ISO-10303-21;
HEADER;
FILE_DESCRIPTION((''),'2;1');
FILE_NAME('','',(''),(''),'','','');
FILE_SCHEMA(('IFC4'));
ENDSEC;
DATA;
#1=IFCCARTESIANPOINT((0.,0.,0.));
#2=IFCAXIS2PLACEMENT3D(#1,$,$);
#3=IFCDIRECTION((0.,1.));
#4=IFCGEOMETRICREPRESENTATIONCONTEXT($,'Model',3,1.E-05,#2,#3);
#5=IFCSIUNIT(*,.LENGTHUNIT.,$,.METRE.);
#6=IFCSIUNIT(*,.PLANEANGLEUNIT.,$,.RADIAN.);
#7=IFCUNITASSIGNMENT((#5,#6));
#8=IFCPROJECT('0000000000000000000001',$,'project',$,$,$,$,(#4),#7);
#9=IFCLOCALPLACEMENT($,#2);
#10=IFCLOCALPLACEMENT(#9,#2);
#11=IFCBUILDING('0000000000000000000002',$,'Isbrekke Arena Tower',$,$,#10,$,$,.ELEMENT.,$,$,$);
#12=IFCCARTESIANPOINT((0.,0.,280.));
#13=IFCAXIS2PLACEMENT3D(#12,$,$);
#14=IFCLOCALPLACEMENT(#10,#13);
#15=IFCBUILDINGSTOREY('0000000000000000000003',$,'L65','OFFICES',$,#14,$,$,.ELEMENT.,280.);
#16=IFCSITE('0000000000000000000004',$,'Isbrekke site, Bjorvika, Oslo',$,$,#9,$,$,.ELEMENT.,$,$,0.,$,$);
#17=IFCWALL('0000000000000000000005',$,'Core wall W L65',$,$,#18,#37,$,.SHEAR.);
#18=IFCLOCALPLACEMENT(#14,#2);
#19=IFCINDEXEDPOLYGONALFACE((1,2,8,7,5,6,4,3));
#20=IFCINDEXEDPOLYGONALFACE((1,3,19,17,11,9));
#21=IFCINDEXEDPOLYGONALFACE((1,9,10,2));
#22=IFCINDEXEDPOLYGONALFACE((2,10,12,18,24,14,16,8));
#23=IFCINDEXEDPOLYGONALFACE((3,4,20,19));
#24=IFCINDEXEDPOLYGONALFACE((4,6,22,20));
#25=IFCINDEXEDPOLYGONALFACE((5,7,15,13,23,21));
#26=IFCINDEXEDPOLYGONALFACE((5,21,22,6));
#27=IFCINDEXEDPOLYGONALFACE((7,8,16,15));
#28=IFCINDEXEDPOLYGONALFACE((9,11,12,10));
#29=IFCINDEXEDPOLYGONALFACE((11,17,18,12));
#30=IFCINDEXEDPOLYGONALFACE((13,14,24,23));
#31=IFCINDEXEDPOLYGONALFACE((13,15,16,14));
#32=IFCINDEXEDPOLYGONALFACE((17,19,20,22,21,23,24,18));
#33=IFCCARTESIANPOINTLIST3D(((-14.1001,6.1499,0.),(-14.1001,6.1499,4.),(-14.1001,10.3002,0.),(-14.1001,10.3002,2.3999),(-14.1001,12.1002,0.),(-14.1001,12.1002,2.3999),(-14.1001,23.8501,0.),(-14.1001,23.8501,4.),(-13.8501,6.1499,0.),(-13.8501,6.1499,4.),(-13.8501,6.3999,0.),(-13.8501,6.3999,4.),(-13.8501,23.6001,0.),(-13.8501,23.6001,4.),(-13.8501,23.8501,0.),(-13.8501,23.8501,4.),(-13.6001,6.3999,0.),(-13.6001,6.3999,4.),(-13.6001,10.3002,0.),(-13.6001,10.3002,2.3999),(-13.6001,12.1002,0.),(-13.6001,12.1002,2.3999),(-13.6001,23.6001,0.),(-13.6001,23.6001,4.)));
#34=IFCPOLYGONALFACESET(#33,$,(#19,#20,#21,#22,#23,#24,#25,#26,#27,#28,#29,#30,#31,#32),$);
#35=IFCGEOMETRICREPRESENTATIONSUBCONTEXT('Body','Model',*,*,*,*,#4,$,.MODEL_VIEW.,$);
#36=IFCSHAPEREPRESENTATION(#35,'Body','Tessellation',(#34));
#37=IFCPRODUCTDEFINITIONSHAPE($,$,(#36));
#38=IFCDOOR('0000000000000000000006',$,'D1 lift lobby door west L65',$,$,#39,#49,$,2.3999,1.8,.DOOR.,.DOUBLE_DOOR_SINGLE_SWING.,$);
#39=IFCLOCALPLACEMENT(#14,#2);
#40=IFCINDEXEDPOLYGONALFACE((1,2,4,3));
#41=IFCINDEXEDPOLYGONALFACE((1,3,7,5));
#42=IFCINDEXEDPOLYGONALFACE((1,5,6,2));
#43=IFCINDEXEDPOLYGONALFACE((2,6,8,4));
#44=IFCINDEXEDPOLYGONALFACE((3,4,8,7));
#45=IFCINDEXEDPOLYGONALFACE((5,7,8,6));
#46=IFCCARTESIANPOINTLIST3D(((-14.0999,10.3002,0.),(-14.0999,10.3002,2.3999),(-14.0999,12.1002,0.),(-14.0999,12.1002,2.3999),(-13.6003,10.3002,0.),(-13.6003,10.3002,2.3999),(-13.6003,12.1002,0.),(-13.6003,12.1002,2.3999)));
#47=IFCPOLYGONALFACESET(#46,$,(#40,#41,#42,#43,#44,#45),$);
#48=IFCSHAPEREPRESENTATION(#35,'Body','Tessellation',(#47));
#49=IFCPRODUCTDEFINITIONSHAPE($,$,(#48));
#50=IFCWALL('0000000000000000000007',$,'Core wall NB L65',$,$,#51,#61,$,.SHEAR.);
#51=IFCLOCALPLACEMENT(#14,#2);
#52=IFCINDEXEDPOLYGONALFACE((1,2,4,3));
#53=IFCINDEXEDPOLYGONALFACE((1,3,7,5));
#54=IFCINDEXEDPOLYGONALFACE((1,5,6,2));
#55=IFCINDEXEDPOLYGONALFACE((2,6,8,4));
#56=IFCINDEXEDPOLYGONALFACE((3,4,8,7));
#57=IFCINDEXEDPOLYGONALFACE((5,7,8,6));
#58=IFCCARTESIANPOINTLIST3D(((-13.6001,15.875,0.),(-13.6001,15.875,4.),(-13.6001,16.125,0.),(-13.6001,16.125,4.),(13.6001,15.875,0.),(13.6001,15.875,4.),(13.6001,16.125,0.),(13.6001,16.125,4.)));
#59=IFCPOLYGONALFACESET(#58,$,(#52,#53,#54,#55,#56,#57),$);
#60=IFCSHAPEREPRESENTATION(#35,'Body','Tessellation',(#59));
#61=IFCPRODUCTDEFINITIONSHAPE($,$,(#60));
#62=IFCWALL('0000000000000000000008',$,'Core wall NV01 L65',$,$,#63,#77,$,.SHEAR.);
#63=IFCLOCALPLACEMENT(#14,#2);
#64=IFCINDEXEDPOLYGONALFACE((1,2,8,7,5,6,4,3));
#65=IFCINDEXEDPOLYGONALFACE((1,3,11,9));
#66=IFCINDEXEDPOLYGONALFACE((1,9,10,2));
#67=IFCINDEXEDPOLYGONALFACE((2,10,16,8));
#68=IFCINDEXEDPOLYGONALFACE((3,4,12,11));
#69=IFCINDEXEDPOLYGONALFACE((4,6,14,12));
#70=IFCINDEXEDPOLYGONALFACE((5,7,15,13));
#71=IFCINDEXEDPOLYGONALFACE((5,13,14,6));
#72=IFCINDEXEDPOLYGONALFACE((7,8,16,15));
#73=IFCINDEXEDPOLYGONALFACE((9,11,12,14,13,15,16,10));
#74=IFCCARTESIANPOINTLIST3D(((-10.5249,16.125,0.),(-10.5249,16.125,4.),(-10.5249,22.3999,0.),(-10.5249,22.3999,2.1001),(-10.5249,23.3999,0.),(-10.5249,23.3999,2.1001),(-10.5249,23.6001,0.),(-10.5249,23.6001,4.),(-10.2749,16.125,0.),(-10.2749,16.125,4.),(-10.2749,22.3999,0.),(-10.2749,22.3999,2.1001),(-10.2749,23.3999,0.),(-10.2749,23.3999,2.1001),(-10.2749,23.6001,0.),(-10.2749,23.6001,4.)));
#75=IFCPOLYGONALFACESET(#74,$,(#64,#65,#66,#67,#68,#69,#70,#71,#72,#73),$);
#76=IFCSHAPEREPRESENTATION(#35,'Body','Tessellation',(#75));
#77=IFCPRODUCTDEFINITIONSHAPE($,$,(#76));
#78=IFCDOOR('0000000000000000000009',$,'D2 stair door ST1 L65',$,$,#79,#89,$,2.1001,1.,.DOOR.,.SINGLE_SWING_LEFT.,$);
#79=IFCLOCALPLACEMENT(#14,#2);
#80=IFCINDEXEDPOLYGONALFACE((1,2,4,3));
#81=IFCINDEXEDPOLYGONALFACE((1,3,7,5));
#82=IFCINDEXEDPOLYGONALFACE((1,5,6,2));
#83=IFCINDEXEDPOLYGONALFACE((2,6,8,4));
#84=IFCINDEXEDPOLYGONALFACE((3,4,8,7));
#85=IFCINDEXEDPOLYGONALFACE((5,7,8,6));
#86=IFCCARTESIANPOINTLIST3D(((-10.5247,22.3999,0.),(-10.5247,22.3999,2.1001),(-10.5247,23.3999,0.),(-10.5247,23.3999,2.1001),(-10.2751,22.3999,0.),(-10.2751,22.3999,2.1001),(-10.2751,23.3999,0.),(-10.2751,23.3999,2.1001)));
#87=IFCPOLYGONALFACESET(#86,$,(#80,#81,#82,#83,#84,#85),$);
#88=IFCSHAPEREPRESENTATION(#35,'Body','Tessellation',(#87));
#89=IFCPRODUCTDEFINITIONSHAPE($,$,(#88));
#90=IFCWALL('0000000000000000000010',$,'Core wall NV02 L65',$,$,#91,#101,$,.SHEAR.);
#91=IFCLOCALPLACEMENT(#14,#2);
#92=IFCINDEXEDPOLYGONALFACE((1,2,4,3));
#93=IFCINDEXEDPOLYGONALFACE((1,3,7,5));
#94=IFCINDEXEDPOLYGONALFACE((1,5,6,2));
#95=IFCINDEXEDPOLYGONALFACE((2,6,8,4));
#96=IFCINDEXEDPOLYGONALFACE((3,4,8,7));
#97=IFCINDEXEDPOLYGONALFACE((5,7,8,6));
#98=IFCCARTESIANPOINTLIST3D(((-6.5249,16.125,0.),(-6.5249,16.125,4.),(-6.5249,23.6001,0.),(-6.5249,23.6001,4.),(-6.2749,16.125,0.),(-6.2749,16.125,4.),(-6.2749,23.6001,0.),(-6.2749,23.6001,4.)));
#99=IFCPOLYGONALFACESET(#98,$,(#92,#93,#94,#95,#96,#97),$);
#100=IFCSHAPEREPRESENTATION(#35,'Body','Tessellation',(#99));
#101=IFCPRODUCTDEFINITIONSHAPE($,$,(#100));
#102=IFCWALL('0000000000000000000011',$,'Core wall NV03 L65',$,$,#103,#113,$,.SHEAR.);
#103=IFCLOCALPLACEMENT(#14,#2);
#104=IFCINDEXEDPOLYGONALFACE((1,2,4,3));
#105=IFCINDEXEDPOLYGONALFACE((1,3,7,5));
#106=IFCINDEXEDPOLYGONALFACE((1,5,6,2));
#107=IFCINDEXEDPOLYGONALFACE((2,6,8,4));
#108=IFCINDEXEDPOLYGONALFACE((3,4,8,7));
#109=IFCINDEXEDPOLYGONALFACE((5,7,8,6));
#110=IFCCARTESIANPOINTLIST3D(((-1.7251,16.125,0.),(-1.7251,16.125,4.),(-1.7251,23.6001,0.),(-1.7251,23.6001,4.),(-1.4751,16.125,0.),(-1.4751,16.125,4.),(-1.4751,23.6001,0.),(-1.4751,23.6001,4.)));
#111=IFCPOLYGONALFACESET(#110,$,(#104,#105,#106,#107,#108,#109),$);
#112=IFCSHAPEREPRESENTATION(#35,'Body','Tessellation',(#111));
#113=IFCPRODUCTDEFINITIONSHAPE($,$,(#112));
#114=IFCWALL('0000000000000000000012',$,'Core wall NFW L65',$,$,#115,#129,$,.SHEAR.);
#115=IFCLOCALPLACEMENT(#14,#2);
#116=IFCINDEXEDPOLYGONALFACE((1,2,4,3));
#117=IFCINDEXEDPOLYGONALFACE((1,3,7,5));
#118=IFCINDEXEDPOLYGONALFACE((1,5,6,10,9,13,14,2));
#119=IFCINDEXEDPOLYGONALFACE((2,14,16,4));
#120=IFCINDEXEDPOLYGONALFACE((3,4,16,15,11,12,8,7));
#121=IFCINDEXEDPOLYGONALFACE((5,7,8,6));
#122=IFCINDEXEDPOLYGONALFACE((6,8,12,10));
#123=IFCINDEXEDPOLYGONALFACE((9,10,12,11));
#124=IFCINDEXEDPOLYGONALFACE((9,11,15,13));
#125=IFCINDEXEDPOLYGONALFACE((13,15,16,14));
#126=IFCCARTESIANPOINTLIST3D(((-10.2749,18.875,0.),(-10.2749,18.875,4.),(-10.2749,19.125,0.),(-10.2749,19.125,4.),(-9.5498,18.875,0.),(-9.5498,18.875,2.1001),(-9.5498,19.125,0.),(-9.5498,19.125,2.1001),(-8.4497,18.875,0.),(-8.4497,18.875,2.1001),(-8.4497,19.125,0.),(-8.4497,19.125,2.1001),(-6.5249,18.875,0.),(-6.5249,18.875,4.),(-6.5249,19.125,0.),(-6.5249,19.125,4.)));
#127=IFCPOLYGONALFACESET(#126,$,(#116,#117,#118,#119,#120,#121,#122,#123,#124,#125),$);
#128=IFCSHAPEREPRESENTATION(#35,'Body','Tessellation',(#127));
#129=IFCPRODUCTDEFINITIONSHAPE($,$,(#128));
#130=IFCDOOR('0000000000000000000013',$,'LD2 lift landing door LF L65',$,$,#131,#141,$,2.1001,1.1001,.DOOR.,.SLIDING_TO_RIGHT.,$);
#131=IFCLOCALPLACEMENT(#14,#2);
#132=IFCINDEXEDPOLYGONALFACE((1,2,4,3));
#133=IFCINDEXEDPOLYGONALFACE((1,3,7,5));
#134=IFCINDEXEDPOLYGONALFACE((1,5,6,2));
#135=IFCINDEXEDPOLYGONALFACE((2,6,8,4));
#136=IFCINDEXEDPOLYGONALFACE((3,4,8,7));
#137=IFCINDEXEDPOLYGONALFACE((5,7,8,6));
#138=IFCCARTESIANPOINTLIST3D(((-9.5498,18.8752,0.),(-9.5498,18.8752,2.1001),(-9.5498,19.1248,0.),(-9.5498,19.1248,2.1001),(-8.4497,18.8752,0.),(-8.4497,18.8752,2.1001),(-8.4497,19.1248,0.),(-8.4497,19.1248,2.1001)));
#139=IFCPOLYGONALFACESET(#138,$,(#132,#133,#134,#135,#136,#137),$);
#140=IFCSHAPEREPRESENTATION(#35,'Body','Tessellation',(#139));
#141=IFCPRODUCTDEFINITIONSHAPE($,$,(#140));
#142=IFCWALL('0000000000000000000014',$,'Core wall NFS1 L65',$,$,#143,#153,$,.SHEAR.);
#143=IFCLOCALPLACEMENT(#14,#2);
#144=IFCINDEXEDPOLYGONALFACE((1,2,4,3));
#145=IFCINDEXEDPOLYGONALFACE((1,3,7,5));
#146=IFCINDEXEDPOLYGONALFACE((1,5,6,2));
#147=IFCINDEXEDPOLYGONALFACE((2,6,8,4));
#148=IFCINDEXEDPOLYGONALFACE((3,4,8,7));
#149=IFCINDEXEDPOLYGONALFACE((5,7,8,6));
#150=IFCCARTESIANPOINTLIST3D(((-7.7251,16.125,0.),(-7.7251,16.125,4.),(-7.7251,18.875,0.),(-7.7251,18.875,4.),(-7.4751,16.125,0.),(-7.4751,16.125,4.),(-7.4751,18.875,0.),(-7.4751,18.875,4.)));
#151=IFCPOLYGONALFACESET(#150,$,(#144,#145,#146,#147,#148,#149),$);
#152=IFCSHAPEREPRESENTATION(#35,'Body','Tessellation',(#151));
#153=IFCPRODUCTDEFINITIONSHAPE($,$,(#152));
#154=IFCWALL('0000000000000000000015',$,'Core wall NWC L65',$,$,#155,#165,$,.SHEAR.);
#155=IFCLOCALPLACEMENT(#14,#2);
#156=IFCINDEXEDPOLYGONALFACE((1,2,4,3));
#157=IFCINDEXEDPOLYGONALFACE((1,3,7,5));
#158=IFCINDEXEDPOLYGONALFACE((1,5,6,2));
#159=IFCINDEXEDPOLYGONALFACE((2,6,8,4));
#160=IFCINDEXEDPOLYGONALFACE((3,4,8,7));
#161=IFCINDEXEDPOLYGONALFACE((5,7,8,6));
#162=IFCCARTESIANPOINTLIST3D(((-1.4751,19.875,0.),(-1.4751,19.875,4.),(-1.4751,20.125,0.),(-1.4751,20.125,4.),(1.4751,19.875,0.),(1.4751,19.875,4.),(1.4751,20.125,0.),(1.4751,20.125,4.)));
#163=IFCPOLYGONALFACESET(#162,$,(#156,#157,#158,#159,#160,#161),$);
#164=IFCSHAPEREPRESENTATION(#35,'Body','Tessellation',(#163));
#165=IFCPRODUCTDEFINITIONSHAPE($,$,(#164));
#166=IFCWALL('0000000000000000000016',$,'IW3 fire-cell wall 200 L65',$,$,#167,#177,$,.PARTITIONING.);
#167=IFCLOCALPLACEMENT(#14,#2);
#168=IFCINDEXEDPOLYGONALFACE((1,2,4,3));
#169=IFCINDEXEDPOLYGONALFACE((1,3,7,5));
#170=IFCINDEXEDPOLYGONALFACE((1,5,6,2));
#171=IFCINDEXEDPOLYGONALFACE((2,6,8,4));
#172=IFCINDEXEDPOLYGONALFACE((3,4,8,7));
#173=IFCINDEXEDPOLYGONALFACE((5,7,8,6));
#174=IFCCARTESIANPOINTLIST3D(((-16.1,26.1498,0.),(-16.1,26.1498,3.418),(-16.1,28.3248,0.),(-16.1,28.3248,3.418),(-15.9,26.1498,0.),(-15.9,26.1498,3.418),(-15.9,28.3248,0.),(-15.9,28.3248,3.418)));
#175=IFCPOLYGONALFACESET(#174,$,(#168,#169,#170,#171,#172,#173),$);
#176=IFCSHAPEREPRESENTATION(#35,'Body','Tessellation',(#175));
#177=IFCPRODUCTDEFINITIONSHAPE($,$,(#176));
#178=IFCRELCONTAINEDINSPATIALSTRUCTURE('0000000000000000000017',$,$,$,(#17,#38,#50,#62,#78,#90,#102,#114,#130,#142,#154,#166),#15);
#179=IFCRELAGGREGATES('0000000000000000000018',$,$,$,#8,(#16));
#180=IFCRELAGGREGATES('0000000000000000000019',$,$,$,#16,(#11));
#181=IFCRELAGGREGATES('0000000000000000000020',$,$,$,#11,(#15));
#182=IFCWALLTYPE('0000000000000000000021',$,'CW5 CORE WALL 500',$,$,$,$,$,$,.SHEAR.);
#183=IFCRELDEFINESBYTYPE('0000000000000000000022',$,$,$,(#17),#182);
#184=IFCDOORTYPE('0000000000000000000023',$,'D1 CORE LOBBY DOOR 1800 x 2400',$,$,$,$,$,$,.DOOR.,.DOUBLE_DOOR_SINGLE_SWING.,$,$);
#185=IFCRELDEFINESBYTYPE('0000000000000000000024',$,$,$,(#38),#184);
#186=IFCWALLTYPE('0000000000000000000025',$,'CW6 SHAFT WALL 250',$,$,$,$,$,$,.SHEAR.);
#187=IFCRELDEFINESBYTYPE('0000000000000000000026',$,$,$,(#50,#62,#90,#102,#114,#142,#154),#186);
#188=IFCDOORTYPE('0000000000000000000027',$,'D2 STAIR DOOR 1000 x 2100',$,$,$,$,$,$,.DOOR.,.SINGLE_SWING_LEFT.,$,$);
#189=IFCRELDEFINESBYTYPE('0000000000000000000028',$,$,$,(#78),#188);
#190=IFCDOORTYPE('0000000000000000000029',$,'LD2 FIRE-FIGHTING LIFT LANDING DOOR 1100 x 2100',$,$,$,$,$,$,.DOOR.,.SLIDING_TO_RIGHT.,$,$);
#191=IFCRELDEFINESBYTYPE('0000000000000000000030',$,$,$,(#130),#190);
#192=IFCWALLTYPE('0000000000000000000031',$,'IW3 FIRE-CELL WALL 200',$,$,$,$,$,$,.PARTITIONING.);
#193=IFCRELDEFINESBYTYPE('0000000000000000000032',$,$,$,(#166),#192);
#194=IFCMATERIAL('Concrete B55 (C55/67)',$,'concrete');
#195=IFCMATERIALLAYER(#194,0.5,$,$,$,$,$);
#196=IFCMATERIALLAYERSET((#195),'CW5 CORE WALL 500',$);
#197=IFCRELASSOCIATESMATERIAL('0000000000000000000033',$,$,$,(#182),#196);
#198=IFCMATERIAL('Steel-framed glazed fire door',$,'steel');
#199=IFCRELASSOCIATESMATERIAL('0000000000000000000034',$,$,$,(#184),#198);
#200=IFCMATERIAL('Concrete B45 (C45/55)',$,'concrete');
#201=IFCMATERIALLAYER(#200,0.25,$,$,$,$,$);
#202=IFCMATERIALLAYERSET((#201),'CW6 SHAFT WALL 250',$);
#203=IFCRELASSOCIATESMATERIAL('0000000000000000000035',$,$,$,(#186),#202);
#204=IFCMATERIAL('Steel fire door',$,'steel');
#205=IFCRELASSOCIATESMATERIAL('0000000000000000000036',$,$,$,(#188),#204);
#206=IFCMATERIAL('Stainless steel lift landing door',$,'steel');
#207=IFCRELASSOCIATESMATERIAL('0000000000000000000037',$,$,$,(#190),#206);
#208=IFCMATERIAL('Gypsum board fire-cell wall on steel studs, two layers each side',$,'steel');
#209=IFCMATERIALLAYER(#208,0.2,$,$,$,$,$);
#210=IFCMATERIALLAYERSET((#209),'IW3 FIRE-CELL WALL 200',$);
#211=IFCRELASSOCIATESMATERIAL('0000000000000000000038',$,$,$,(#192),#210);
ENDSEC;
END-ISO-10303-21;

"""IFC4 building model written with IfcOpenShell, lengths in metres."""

from ifc_helpers import new_model, si_unit, direction, frame, frame_2d, origin, place, context, subcontext, project, spatial, polyline, rectangle, outline, extrude, material, layer, layer_set, type_object, element, fill, save


model = new_model("IFC4")

# Units and contexts
model_context = context("Model", 3, precision=1e-05, world=origin(), true_north=direction((0.0, 1.0)))
body_context = subcontext(model_context, "Body", "Model", "MODEL_VIEW")
ifc_project = project(units=[si_unit("LENGTHUNIT", "METRE"), si_unit("PLANEANGLEUNIT", "RADIAN")], contexts=[model_context])

# Site, building, storey
site_placement = place(None, origin())
site = spatial("IfcSite", under=ifc_project, at=site_placement, Name="Isbrekke site, Bjorvika, Oslo", CompositionType="ELEMENT", RefElevation=0.0)
building_placement = place(site_placement, origin())
building = spatial("IfcBuilding", under=site, at=building_placement, Name="Isbrekke Arena Tower", CompositionType="ELEMENT")
storey_placement = place(building_placement, frame((0.0, 0.0, 280.0)))
storey = spatial("IfcBuildingStorey", under=building, at=storey_placement, Name="L65", Description="OFFICES", CompositionType="ELEMENT", Elevation=280.0)

# Wall, opening, door
ifc_material_1 = material(Name="Concrete B55 (C55/67)", Category="concrete")
ifc_layer_1 = layer(ifc_material_1, 0.5)
ifc_layer_set_1 = layer_set([ifc_layer_1], Name="CW5 CORE WALL 500")
wall_type_1 = type_object("IfcWallType", Name="CW5 CORE WALL 500", PredefinedType="SHEAR", material=ifc_layer_set_1)
wall_1_placement = place(storey_placement, frame((-13.8501, 23.8501, 0.0), z_axis=(0.0, 0.0, 1.0), x_axis=(0.0, -1.0, 0.0)))
wall_1 = element("IfcWall", 1, at=wall_1_placement, inside=storey, type_object=wall_type_1, Name="Core wall W L65", PredefinedType="SHEAR", context=body_context, shape_type="SweptSolid", body=[
    extrude(outline(polyline([(0.0, -0.25), (17.7002, -0.25), (17.7002, 0.0), (17.4502, 0.0), (17.4502, 0.25), (0.25, 0.25), (0.25, 0.0), (0.0, 0.0), (0.0, -0.25)])), origin(), (0.0, 0.0, 1.0), 4.0),
])
opening_1_placement = place(wall_1_placement, frame((11.75, 0.0, 0.0)))
opening_1 = element("IfcOpeningElement", 2, at=opening_1_placement, cuts=wall_1, PredefinedType="OPENING", context=body_context, shape_type="SweptSolid", body=[
    extrude(rectangle(XDim=1.8, YDim=2.3999, at=frame_2d((0.8999, 1.2))), frame((0.0, 0.2649, 0.0), z_axis=(0.0, -1.0, 0.0), x_axis=(1.0, 0.0, 0.0)), (0.0, 0.0, 1.0), 0.5298),
])
ifc_material_2 = material(Name="Steel-framed glazed fire door", Category="steel")
door_type_1 = type_object("IfcDoorType", Name="D1 CORE LOBBY DOOR 1800 x 2400", OperationType="DOUBLE_DOOR_SINGLE_SWING", PredefinedType="DOOR", material=ifc_material_2)
door_1_placement = place(opening_1_placement, origin())
door_1 = element("IfcDoor", 3, at=door_1_placement, inside=storey, type_object=door_type_1, Name="D1 lift lobby door west L65", OperationType="DOUBLE_DOOR_SINGLE_SWING", OverallHeight=2.3999, OverallWidth=1.8, PredefinedType="DOOR", context=body_context, shape_type="SweptSolid", body=[
    extrude(rectangle(XDim=1.8, YDim=2.3999, at=frame_2d((0.8999, 1.2))), frame((0.0, 0.2498, 0.0), z_axis=(0.0, -1.0, 0.0), x_axis=(1.0, 0.0, 0.0)), (0.0, 0.0, 1.0), 0.4995),
])
fill(opening_1, door_1)

# Wall
ifc_material_3 = material(Name="Concrete B45 (C45/55)", Category="concrete")
ifc_layer_2 = layer(ifc_material_3, 0.25)
ifc_layer_set_2 = layer_set([ifc_layer_2], Name="CW6 SHAFT WALL 250")
wall_type_2 = type_object("IfcWallType", Name="CW6 SHAFT WALL 250", PredefinedType="SHEAR", material=ifc_layer_set_2)
wall_2_placement = place(storey_placement, frame((-13.6001, 16.0, 0.0), z_axis=(0.0, 0.0, 1.0), x_axis=(1.0, 0.0, 0.0)))
element("IfcWall", 4, at=wall_2_placement, inside=storey, type_object=wall_type_2, Name="Core wall NB L65", PredefinedType="SHEAR", context=body_context, shape_type="SweptSolid", body=[
    extrude(rectangle(XDim=27.2002, YDim=0.25, at=frame_2d((13.6001, 0.0))), origin(), (0.0, 0.0, 1.0), 4.0),
])

# Wall, opening, door
wall_3_placement = place(storey_placement, frame((-10.3999, 16.125, 0.0), z_axis=(0.0, 0.0, 1.0), x_axis=(0.0, 1.0, 0.0)))
wall_3 = element("IfcWall", 5, at=wall_3_placement, inside=storey, type_object=wall_type_2, Name="Core wall NV01 L65", PredefinedType="SHEAR", context=body_context, shape_type="SweptSolid", body=[
    extrude(rectangle(XDim=7.4751, YDim=0.25, at=frame_2d((3.7375, 0.0))), origin(), (0.0, 0.0, 1.0), 4.0),
])
opening_2_placement = place(wall_3_placement, frame((6.2749, 0.0, 0.0)))
opening_2 = element("IfcOpeningElement", 6, at=opening_2_placement, cuts=wall_3, PredefinedType="OPENING", context=body_context, shape_type="SweptSolid", body=[
    extrude(rectangle(XDim=1.0, YDim=2.1001, at=frame_2d((0.5, 1.05))), frame((0.0, 0.1399, 0.0), z_axis=(0.0, -1.0, 0.0), x_axis=(1.0, 0.0, 0.0)), (0.0, 0.0, 1.0), 0.2798),
])
ifc_material_4 = material(Name="Steel fire door", Category="steel")
door_type_2 = type_object("IfcDoorType", Name="D2 STAIR DOOR 1000 x 2100", OperationType="SINGLE_SWING_LEFT", PredefinedType="DOOR", material=ifc_material_4)
door_2_placement = place(opening_2_placement, origin())
door_2 = element("IfcDoor", 7, at=door_2_placement, inside=storey, type_object=door_type_2, Name="D2 stair door ST1 L65", OperationType="SINGLE_SWING_LEFT", OverallHeight=2.1001, OverallWidth=1.0, PredefinedType="DOOR", context=body_context, shape_type="SweptSolid", body=[
    extrude(rectangle(XDim=1.0, YDim=2.1001, at=frame_2d((0.5, 1.05))), frame((0.0, 0.1248, 0.0), z_axis=(0.0, -1.0, 0.0), x_axis=(1.0, 0.0, 0.0)), (0.0, 0.0, 1.0), 0.2495),
])
fill(opening_2, door_2)

# Walls
for number, where, z_axis, x_axis, name in (
    (8, (-6.3999, 16.125, 0.0), (0.0, 0.0, 1.0), (0.0, 1.0, 0.0), "Core wall NV02 L65"),
    (9, (-1.6001, 16.125, 0.0), (0.0, 0.0, 1.0), (0.0, 1.0, 0.0), "Core wall NV03 L65"),
):
    element("IfcWall", number, at=place(storey_placement, frame(where, z_axis=z_axis, x_axis=x_axis)), inside=storey, type_object=wall_type_2, Name=name, PredefinedType="SHEAR", context=body_context, shape_type="SweptSolid", body=[
        extrude(rectangle(XDim=7.4751, YDim=0.25, at=frame_2d((3.7375, 0.0))), origin(), (0.0, 0.0, 1.0), 4.0),
    ])

# Wall, opening, door
wall_4_placement = place(storey_placement, frame((-10.2749, 19.0, 0.0), z_axis=(0.0, 0.0, 1.0), x_axis=(1.0, 0.0, 0.0)))
wall_4 = element("IfcWall", 10, at=wall_4_placement, inside=storey, type_object=wall_type_2, Name="Core wall NFW L65", PredefinedType="SHEAR", context=body_context, shape_type="SweptSolid", body=[
    extrude(rectangle(XDim=3.75, YDim=0.25, at=frame_2d((1.875, 0.0))), origin(), (0.0, 0.0, 1.0), 4.0),
])
opening_3_placement = place(wall_4_placement, frame((0.7251, 0.0, 0.0)))
opening_3 = element("IfcOpeningElement", 11, at=opening_3_placement, cuts=wall_4, PredefinedType="OPENING", context=body_context, shape_type="SweptSolid", body=[
    extrude(rectangle(XDim=1.1001, YDim=2.1001, at=frame_2d((0.55, 1.05))), frame((0.0, 0.1399, 0.0), z_axis=(0.0, -1.0, 0.0), x_axis=(1.0, 0.0, 0.0)), (0.0, 0.0, 1.0), 0.2798),
])
ifc_material_5 = material(Name="Stainless steel lift landing door", Category="steel")
door_type_3 = type_object("IfcDoorType", Name="LD2 FIRE-FIGHTING LIFT LANDING DOOR 1100 x 2100", OperationType="SLIDING_TO_RIGHT", PredefinedType="DOOR", material=ifc_material_5)
door_3_placement = place(opening_3_placement, origin())
door_3 = element("IfcDoor", 12, at=door_3_placement, inside=storey, type_object=door_type_3, Name="LD2 lift landing door LF L65", OperationType="SLIDING_TO_RIGHT", OverallHeight=2.1001, OverallWidth=1.1001, PredefinedType="DOOR", context=body_context, shape_type="SweptSolid", body=[
    extrude(rectangle(XDim=1.1001, YDim=2.1001, at=frame_2d((0.55, 1.05))), frame((0.0, 0.1248, 0.0), z_axis=(0.0, -1.0, 0.0), x_axis=(1.0, 0.0, 0.0)), (0.0, 0.0, 1.0), 0.2495),
])
fill(opening_3, door_3)

# Walls
wall_5_placement = place(storey_placement, frame((-7.6001, 16.125, 0.0), z_axis=(0.0, 0.0, 1.0), x_axis=(0.0, 1.0, 0.0)))
element("IfcWall", 13, at=wall_5_placement, inside=storey, type_object=wall_type_2, Name="Core wall NFS1 L65", PredefinedType="SHEAR", context=body_context, shape_type="SweptSolid", body=[
    extrude(rectangle(XDim=2.75, YDim=0.25, at=frame_2d((1.375, 0.0))), origin(), (0.0, 0.0, 1.0), 4.0),
])
wall_6_placement = place(storey_placement, frame((-1.4751, 20.0, 0.0), z_axis=(0.0, 0.0, 1.0), x_axis=(1.0, 0.0, 0.0)))
element("IfcWall", 14, at=wall_6_placement, inside=storey, type_object=wall_type_2, Name="Core wall NWC L65", PredefinedType="SHEAR", context=body_context, shape_type="SweptSolid", body=[
    extrude(rectangle(XDim=2.9502, YDim=0.25, at=frame_2d((1.4751, 0.0))), origin(), (0.0, 0.0, 1.0), 4.0),
])
ifc_material_6 = material(Name="Gypsum board fire-cell wall on steel studs, two layers each side", Category="steel")
ifc_layer_3 = layer(ifc_material_6, 0.2)
ifc_layer_set_3 = layer_set([ifc_layer_3], Name="IW3 FIRE-CELL WALL 200")
wall_type_3 = type_object("IfcWallType", Name="IW3 FIRE-CELL WALL 200", PredefinedType="PARTITIONING", material=ifc_layer_set_3)
wall_7_placement = place(storey_placement, frame((-16.0, 26.1499, 0.0), z_axis=(0.0, 0.0, 1.0), x_axis=(0.0, 1.0, 0.0)))
element("IfcWall", 15, at=wall_7_placement, inside=storey, type_object=wall_type_3, Name="IW3 fire-cell wall 200 L65", PredefinedType="PARTITIONING", context=body_context, shape_type="SweptSolid", body=[
    extrude(rectangle(XDim=2.175, YDim=0.2, at=frame_2d((1.0874, 0.0))), origin(), (0.0, 0.0, 1.0), 3.418),
])

save(model, "model.ifc")
